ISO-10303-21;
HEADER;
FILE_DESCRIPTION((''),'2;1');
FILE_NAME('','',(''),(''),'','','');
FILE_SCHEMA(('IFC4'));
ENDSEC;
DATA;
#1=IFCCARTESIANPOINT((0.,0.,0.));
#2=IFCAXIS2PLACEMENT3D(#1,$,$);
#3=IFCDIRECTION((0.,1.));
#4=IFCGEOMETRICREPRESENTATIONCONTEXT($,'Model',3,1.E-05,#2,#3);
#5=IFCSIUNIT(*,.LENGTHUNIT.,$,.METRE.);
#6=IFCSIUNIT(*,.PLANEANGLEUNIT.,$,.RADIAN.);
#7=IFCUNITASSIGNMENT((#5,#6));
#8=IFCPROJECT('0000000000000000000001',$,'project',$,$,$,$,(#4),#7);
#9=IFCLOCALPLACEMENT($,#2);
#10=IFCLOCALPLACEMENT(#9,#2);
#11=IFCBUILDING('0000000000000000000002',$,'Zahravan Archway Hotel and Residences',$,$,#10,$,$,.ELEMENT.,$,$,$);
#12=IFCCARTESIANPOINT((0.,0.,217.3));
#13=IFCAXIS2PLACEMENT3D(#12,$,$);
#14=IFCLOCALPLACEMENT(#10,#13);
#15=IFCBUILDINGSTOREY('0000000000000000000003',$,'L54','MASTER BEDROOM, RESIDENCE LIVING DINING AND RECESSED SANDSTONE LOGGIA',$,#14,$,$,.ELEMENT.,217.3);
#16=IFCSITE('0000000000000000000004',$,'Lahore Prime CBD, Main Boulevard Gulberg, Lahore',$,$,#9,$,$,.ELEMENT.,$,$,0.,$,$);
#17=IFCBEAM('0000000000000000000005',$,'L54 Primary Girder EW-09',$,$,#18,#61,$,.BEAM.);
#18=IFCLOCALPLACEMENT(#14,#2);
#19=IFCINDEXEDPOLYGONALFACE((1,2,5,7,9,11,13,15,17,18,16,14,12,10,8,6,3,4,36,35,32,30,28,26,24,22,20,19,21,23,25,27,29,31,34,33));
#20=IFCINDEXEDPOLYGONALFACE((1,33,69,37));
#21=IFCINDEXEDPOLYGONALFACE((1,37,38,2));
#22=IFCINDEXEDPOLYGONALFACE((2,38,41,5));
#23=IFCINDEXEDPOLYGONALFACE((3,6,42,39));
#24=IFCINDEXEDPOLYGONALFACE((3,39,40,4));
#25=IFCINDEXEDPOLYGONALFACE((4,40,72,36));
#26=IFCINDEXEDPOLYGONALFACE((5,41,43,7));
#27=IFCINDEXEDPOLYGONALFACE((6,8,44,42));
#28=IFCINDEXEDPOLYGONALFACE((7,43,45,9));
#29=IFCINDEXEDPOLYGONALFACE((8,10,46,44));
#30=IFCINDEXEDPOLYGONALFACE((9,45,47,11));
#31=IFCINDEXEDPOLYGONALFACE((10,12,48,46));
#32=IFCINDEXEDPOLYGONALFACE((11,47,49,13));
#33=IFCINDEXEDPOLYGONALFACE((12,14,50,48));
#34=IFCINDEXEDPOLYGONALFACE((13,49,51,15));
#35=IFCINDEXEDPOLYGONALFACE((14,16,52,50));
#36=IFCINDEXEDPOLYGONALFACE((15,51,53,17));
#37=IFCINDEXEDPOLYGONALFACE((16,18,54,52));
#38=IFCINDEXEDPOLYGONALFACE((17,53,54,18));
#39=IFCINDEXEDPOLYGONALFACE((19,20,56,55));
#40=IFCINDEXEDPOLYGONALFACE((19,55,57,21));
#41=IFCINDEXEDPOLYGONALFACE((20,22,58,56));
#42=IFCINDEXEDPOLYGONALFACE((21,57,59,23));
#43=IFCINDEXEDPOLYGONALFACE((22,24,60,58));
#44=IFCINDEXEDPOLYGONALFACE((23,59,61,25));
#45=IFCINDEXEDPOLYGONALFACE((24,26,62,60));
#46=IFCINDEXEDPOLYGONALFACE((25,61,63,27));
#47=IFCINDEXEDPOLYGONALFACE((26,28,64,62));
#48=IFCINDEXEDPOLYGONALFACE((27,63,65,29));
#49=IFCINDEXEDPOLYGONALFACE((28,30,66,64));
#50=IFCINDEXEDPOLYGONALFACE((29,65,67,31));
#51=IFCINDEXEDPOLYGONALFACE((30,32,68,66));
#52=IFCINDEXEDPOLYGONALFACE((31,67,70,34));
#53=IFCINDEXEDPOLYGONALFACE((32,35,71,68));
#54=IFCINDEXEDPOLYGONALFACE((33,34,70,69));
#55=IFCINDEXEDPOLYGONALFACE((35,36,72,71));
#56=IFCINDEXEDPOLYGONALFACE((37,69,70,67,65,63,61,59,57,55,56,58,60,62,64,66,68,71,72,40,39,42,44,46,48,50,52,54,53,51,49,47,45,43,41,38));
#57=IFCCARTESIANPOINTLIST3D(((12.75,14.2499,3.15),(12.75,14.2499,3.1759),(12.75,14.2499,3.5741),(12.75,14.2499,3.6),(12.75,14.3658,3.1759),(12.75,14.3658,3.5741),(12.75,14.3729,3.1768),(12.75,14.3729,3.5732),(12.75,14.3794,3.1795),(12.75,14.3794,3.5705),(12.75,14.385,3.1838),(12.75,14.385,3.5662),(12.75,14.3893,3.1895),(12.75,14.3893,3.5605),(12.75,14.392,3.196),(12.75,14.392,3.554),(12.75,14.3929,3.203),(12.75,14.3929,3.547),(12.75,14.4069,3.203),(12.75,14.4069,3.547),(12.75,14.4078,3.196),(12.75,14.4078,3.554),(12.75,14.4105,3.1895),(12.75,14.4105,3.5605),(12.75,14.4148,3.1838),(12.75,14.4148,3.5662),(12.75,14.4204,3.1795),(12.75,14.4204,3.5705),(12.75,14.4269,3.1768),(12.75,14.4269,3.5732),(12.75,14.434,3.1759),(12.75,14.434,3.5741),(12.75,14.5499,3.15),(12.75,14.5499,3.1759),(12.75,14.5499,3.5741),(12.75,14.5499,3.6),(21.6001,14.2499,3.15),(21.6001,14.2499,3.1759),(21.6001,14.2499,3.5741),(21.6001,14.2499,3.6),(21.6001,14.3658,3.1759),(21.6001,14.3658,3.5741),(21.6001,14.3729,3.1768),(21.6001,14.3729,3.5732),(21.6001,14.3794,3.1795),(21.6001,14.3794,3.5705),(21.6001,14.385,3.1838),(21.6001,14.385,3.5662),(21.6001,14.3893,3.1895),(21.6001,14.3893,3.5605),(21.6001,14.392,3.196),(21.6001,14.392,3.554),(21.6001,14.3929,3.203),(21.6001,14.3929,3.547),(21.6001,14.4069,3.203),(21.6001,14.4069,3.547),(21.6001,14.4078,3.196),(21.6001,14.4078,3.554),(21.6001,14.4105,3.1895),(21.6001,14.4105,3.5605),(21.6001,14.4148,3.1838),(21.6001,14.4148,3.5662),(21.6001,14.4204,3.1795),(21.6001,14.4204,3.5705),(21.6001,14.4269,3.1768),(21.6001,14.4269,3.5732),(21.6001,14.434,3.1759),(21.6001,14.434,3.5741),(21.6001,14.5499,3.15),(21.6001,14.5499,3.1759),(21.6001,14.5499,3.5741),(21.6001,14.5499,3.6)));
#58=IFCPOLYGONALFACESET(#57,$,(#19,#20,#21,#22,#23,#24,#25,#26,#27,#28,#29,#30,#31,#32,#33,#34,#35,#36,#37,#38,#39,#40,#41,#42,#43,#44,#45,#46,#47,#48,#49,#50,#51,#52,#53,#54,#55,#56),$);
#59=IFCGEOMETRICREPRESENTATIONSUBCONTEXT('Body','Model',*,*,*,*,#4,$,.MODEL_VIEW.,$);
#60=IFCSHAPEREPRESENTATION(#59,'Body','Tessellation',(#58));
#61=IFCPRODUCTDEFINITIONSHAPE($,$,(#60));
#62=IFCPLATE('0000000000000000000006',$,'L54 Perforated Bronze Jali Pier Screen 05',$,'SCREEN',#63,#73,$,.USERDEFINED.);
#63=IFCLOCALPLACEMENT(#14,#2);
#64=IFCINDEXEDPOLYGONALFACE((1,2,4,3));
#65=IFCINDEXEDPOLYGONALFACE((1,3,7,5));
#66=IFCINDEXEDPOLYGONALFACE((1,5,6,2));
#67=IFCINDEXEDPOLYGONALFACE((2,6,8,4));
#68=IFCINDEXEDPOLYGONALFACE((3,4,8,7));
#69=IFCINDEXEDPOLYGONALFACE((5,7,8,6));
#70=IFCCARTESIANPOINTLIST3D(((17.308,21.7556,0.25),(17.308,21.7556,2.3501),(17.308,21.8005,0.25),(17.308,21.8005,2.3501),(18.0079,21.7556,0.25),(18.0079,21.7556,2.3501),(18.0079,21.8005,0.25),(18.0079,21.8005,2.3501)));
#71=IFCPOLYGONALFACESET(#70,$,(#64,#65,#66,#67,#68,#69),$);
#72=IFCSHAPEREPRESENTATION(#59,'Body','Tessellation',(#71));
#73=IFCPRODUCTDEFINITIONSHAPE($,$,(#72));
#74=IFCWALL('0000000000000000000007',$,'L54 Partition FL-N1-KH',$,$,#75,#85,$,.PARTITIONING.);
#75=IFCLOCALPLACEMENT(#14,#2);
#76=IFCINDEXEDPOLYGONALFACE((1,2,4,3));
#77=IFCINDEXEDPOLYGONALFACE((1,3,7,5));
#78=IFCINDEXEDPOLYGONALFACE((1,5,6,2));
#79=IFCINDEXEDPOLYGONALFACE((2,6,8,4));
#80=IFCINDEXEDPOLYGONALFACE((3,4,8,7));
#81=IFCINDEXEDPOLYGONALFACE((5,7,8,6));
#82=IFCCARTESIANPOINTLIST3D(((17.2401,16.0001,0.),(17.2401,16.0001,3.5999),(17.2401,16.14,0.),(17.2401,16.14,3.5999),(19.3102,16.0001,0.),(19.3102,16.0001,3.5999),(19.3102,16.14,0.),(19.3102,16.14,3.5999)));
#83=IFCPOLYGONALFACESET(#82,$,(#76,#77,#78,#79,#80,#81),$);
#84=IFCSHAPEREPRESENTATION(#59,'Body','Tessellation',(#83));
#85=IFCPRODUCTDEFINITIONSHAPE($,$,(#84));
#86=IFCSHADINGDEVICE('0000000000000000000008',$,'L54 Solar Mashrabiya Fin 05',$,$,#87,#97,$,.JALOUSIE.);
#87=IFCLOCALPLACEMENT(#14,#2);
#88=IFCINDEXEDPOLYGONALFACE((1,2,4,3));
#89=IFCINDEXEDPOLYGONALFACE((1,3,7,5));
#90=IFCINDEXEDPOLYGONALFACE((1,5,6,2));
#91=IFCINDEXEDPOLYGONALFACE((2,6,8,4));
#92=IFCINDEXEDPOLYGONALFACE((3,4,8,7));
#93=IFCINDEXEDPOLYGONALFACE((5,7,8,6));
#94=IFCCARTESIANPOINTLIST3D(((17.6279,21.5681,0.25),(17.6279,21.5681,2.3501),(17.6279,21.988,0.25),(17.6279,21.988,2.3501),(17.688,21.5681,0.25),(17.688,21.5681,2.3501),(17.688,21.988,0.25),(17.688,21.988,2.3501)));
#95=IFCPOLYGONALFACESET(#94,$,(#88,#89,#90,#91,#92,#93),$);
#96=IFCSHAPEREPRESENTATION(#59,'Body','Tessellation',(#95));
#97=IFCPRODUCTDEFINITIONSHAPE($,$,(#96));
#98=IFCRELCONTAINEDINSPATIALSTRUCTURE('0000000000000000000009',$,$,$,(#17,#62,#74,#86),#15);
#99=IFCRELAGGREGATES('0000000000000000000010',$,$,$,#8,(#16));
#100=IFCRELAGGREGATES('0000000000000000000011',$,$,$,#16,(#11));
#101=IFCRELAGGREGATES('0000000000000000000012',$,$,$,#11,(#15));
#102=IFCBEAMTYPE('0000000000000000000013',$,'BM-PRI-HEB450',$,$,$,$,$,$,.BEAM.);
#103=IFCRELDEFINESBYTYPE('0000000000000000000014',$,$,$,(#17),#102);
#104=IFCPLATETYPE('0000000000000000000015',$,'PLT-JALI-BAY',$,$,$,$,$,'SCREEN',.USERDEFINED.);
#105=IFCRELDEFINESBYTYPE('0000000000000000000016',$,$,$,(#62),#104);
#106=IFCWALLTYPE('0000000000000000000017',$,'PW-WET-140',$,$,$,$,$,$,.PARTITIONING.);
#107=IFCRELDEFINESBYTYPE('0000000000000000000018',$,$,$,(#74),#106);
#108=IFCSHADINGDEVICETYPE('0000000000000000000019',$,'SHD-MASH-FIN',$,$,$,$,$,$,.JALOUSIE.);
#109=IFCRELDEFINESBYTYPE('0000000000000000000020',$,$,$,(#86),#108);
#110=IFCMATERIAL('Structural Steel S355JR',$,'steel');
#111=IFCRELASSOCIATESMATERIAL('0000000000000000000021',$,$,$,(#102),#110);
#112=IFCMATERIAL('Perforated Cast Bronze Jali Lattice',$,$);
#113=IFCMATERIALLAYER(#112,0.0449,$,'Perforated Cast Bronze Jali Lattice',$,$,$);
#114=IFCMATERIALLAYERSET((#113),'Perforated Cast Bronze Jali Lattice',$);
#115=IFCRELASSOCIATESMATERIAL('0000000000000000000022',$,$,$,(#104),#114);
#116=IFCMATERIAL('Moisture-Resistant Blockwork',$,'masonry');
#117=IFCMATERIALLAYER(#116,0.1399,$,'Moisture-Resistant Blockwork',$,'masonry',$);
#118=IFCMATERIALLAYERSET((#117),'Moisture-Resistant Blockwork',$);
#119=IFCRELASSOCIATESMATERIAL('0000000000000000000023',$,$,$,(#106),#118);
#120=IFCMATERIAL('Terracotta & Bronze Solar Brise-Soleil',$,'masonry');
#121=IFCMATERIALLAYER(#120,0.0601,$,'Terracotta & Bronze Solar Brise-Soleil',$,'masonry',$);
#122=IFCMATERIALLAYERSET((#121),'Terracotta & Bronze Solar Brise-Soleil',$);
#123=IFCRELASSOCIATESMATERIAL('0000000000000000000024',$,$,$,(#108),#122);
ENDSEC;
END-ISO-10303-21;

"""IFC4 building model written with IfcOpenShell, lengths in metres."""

from ifc_helpers import new_model, si_unit, direction, frame, frame_2d, origin, origin_2d, place, context, subcontext, project, spatial, rectangle, i_section, extrude, source, transform, mapped, material, layer, layer_set, material_profile, profile_set, type_object, type_shapes, element, save


model = new_model("IFC4")

# Units and contexts
model_context = context("Model", 3, precision=1e-05, world=origin(), true_north=direction((0.0, 1.0)))
body_context = subcontext(model_context, "Body", "Model", "MODEL_VIEW")
ifc_project = project(units=[si_unit("LENGTHUNIT", "METRE"), si_unit("PLANEANGLEUNIT", "RADIAN")], contexts=[model_context])

# Site, building, storey
site_placement = place(None, origin())
site = spatial("IfcSite", under=ifc_project, at=site_placement, Name="Lahore Prime CBD, Main Boulevard Gulberg, Lahore", CompositionType="ELEMENT", RefElevation=0.0)
building_placement = place(site_placement, origin())
building = spatial("IfcBuilding", under=site, at=building_placement, Name="Zahravan Archway Hotel and Residences", CompositionType="ELEMENT")
storey_placement = place(building_placement, frame((0.0, 0.0, 217.3)))
storey = spatial("IfcBuildingStorey", under=building, at=storey_placement, Name="L54", Description="MASTER BEDROOM, RESIDENCE LIVING DINING AND RECESSED SANDSTONE LOGGIA", CompositionType="ELEMENT", Elevation=217.3)

# Beam
ifc_material_1 = material(Name="Structural Steel S355JR", Category="steel")
ifc_material_profile_1 = material_profile(ifc_material_1, i_section(OverallWidth=0.3, OverallDepth=0.45, WebThickness=0.0139, FlangeThickness=0.0259, FilletRadius=0.0271, at=origin_2d()), Name="HEB 450", Category="steel")
ifc_profile_set_1 = profile_set([ifc_material_profile_1], Name="Structural Steel S355JR")
beam_type_1 = type_object("IfcBeamType", Name="BM-PRI-HEB450", PredefinedType="BEAM", material=ifc_profile_set_1)
shared_shape_1 = source(origin(), body_context, "Body", "SweptSolid", [
    extrude(i_section(OverallWidth=0.3, OverallDepth=0.45, WebThickness=0.0139, FlangeThickness=0.0259, FilletRadius=0.0271, at=origin_2d()), origin(), (0.0, 0.0, 1.0), 8.8501),
])
beam_1_placement = place(storey_placement, frame((12.75, 14.3999, 3.375), z_axis=(1.0, 0.0, 0.0), x_axis=(0.0, 1.0, 0.0)))
element("IfcBeam", 1, at=beam_1_placement, inside=storey, type_object=beam_type_1, Name="L54 Primary Girder EW-09", PredefinedType="BEAM", context=body_context, shape_type="MappedRepresentation", body=[
    mapped(shared_shape_1, transform((0.0, 0.0, 0.0), scale=1.0)),
])

# Plate
ifc_material_2 = material(Name="Perforated Cast Bronze Jali Lattice")
ifc_layer_1 = layer(ifc_material_2, 0.0449, Name="Perforated Cast Bronze Jali Lattice")
ifc_layer_set_1 = layer_set([ifc_layer_1], Name="Perforated Cast Bronze Jali Lattice")
plate_type = type_object("IfcPlateType", Name="PLT-JALI-BAY", ElementType="SCREEN", PredefinedType="USERDEFINED", material=ifc_layer_set_1)
shared_shape_2 = source(origin(), body_context, "Body", "SweptSolid", [
    extrude(rectangle(XDim=0.7, YDim=0.0449, at=origin_2d()), origin(), (0.0, 0.0, 1.0), 2.1001),
])
type_shapes(plate_type, [shared_shape_2])
plate_placement = place(storey_placement, frame((17.658, 21.7781, 0.25), z_axis=(0.0, 0.0, 1.0), x_axis=(1.0, 0.0, 0.0)))
element("IfcPlate", 2, at=plate_placement, inside=storey, type_object=plate_type, Name="L54 Perforated Bronze Jali Pier Screen 05", ObjectType="SCREEN", PredefinedType="USERDEFINED", context=body_context, shape_type="MappedRepresentation", body=[
    mapped(shared_shape_2, transform((0.0, 0.0, 0.0), scale=1.0)),
])

# Wall
ifc_material_3 = material(Name="Moisture-Resistant Blockwork", Category="masonry")
ifc_layer_2 = layer(ifc_material_3, 0.1399, Name="Moisture-Resistant Blockwork", Category="masonry")
ifc_layer_set_2 = layer_set([ifc_layer_2], Name="Moisture-Resistant Blockwork")
wall_type_1 = type_object("IfcWallType", Name="PW-WET-140", PredefinedType="PARTITIONING", material=ifc_layer_set_2)
wall_1_placement = place(storey_placement, frame((17.24, 16.0701, 0.0), z_axis=(0.0, 0.0, 1.0), x_axis=(1.0, 0.0, 0.0)))
element("IfcWall", 3, at=wall_1_placement, inside=storey, type_object=wall_type_1, Name="L54 Partition FL-N1-KH", PredefinedType="PARTITIONING", context=body_context, shape_type="SweptSolid", body=[
    extrude(rectangle(XDim=2.0701, YDim=0.1399, at=frame_2d((1.0352, 0.0))), origin(), (0.0, 0.0, 1.0), 3.5999),
])

# Shading device
ifc_material_4 = material(Name="Terracotta & Bronze Solar Brise-Soleil", Category="masonry")
ifc_layer_3 = layer(ifc_material_4, 0.0601, Name="Terracotta & Bronze Solar Brise-Soleil", Category="masonry")
ifc_layer_set_3 = layer_set([ifc_layer_3], Name="Terracotta & Bronze Solar Brise-Soleil")
shading_device_type = type_object("IfcShadingDeviceType", Name="SHD-MASH-FIN", PredefinedType="JALOUSIE", material=ifc_layer_set_3)
shared_shape_3 = source(origin(), body_context, "Body", "SweptSolid", [
    extrude(rectangle(XDim=0.0601, YDim=0.4199, at=origin_2d()), origin(), (0.0, 0.0, 1.0), 2.1001),
])
type_shapes(shading_device_type, [shared_shape_3])
shading_device_placement = place(storey_placement, frame((17.658, 21.7781, 0.25), z_axis=(0.0, 0.0, 1.0), x_axis=(1.0, 0.0, 0.0)))
element("IfcShadingDevice", 4, at=shading_device_placement, inside=storey, type_object=shading_device_type, Name="L54 Solar Mashrabiya Fin 05", PredefinedType="JALOUSIE", context=body_context, shape_type="MappedRepresentation", body=[
    mapped(shared_shape_3, transform((0.0, 0.0, 0.0), scale=1.0)),
])

save(model, "model.ifc")
